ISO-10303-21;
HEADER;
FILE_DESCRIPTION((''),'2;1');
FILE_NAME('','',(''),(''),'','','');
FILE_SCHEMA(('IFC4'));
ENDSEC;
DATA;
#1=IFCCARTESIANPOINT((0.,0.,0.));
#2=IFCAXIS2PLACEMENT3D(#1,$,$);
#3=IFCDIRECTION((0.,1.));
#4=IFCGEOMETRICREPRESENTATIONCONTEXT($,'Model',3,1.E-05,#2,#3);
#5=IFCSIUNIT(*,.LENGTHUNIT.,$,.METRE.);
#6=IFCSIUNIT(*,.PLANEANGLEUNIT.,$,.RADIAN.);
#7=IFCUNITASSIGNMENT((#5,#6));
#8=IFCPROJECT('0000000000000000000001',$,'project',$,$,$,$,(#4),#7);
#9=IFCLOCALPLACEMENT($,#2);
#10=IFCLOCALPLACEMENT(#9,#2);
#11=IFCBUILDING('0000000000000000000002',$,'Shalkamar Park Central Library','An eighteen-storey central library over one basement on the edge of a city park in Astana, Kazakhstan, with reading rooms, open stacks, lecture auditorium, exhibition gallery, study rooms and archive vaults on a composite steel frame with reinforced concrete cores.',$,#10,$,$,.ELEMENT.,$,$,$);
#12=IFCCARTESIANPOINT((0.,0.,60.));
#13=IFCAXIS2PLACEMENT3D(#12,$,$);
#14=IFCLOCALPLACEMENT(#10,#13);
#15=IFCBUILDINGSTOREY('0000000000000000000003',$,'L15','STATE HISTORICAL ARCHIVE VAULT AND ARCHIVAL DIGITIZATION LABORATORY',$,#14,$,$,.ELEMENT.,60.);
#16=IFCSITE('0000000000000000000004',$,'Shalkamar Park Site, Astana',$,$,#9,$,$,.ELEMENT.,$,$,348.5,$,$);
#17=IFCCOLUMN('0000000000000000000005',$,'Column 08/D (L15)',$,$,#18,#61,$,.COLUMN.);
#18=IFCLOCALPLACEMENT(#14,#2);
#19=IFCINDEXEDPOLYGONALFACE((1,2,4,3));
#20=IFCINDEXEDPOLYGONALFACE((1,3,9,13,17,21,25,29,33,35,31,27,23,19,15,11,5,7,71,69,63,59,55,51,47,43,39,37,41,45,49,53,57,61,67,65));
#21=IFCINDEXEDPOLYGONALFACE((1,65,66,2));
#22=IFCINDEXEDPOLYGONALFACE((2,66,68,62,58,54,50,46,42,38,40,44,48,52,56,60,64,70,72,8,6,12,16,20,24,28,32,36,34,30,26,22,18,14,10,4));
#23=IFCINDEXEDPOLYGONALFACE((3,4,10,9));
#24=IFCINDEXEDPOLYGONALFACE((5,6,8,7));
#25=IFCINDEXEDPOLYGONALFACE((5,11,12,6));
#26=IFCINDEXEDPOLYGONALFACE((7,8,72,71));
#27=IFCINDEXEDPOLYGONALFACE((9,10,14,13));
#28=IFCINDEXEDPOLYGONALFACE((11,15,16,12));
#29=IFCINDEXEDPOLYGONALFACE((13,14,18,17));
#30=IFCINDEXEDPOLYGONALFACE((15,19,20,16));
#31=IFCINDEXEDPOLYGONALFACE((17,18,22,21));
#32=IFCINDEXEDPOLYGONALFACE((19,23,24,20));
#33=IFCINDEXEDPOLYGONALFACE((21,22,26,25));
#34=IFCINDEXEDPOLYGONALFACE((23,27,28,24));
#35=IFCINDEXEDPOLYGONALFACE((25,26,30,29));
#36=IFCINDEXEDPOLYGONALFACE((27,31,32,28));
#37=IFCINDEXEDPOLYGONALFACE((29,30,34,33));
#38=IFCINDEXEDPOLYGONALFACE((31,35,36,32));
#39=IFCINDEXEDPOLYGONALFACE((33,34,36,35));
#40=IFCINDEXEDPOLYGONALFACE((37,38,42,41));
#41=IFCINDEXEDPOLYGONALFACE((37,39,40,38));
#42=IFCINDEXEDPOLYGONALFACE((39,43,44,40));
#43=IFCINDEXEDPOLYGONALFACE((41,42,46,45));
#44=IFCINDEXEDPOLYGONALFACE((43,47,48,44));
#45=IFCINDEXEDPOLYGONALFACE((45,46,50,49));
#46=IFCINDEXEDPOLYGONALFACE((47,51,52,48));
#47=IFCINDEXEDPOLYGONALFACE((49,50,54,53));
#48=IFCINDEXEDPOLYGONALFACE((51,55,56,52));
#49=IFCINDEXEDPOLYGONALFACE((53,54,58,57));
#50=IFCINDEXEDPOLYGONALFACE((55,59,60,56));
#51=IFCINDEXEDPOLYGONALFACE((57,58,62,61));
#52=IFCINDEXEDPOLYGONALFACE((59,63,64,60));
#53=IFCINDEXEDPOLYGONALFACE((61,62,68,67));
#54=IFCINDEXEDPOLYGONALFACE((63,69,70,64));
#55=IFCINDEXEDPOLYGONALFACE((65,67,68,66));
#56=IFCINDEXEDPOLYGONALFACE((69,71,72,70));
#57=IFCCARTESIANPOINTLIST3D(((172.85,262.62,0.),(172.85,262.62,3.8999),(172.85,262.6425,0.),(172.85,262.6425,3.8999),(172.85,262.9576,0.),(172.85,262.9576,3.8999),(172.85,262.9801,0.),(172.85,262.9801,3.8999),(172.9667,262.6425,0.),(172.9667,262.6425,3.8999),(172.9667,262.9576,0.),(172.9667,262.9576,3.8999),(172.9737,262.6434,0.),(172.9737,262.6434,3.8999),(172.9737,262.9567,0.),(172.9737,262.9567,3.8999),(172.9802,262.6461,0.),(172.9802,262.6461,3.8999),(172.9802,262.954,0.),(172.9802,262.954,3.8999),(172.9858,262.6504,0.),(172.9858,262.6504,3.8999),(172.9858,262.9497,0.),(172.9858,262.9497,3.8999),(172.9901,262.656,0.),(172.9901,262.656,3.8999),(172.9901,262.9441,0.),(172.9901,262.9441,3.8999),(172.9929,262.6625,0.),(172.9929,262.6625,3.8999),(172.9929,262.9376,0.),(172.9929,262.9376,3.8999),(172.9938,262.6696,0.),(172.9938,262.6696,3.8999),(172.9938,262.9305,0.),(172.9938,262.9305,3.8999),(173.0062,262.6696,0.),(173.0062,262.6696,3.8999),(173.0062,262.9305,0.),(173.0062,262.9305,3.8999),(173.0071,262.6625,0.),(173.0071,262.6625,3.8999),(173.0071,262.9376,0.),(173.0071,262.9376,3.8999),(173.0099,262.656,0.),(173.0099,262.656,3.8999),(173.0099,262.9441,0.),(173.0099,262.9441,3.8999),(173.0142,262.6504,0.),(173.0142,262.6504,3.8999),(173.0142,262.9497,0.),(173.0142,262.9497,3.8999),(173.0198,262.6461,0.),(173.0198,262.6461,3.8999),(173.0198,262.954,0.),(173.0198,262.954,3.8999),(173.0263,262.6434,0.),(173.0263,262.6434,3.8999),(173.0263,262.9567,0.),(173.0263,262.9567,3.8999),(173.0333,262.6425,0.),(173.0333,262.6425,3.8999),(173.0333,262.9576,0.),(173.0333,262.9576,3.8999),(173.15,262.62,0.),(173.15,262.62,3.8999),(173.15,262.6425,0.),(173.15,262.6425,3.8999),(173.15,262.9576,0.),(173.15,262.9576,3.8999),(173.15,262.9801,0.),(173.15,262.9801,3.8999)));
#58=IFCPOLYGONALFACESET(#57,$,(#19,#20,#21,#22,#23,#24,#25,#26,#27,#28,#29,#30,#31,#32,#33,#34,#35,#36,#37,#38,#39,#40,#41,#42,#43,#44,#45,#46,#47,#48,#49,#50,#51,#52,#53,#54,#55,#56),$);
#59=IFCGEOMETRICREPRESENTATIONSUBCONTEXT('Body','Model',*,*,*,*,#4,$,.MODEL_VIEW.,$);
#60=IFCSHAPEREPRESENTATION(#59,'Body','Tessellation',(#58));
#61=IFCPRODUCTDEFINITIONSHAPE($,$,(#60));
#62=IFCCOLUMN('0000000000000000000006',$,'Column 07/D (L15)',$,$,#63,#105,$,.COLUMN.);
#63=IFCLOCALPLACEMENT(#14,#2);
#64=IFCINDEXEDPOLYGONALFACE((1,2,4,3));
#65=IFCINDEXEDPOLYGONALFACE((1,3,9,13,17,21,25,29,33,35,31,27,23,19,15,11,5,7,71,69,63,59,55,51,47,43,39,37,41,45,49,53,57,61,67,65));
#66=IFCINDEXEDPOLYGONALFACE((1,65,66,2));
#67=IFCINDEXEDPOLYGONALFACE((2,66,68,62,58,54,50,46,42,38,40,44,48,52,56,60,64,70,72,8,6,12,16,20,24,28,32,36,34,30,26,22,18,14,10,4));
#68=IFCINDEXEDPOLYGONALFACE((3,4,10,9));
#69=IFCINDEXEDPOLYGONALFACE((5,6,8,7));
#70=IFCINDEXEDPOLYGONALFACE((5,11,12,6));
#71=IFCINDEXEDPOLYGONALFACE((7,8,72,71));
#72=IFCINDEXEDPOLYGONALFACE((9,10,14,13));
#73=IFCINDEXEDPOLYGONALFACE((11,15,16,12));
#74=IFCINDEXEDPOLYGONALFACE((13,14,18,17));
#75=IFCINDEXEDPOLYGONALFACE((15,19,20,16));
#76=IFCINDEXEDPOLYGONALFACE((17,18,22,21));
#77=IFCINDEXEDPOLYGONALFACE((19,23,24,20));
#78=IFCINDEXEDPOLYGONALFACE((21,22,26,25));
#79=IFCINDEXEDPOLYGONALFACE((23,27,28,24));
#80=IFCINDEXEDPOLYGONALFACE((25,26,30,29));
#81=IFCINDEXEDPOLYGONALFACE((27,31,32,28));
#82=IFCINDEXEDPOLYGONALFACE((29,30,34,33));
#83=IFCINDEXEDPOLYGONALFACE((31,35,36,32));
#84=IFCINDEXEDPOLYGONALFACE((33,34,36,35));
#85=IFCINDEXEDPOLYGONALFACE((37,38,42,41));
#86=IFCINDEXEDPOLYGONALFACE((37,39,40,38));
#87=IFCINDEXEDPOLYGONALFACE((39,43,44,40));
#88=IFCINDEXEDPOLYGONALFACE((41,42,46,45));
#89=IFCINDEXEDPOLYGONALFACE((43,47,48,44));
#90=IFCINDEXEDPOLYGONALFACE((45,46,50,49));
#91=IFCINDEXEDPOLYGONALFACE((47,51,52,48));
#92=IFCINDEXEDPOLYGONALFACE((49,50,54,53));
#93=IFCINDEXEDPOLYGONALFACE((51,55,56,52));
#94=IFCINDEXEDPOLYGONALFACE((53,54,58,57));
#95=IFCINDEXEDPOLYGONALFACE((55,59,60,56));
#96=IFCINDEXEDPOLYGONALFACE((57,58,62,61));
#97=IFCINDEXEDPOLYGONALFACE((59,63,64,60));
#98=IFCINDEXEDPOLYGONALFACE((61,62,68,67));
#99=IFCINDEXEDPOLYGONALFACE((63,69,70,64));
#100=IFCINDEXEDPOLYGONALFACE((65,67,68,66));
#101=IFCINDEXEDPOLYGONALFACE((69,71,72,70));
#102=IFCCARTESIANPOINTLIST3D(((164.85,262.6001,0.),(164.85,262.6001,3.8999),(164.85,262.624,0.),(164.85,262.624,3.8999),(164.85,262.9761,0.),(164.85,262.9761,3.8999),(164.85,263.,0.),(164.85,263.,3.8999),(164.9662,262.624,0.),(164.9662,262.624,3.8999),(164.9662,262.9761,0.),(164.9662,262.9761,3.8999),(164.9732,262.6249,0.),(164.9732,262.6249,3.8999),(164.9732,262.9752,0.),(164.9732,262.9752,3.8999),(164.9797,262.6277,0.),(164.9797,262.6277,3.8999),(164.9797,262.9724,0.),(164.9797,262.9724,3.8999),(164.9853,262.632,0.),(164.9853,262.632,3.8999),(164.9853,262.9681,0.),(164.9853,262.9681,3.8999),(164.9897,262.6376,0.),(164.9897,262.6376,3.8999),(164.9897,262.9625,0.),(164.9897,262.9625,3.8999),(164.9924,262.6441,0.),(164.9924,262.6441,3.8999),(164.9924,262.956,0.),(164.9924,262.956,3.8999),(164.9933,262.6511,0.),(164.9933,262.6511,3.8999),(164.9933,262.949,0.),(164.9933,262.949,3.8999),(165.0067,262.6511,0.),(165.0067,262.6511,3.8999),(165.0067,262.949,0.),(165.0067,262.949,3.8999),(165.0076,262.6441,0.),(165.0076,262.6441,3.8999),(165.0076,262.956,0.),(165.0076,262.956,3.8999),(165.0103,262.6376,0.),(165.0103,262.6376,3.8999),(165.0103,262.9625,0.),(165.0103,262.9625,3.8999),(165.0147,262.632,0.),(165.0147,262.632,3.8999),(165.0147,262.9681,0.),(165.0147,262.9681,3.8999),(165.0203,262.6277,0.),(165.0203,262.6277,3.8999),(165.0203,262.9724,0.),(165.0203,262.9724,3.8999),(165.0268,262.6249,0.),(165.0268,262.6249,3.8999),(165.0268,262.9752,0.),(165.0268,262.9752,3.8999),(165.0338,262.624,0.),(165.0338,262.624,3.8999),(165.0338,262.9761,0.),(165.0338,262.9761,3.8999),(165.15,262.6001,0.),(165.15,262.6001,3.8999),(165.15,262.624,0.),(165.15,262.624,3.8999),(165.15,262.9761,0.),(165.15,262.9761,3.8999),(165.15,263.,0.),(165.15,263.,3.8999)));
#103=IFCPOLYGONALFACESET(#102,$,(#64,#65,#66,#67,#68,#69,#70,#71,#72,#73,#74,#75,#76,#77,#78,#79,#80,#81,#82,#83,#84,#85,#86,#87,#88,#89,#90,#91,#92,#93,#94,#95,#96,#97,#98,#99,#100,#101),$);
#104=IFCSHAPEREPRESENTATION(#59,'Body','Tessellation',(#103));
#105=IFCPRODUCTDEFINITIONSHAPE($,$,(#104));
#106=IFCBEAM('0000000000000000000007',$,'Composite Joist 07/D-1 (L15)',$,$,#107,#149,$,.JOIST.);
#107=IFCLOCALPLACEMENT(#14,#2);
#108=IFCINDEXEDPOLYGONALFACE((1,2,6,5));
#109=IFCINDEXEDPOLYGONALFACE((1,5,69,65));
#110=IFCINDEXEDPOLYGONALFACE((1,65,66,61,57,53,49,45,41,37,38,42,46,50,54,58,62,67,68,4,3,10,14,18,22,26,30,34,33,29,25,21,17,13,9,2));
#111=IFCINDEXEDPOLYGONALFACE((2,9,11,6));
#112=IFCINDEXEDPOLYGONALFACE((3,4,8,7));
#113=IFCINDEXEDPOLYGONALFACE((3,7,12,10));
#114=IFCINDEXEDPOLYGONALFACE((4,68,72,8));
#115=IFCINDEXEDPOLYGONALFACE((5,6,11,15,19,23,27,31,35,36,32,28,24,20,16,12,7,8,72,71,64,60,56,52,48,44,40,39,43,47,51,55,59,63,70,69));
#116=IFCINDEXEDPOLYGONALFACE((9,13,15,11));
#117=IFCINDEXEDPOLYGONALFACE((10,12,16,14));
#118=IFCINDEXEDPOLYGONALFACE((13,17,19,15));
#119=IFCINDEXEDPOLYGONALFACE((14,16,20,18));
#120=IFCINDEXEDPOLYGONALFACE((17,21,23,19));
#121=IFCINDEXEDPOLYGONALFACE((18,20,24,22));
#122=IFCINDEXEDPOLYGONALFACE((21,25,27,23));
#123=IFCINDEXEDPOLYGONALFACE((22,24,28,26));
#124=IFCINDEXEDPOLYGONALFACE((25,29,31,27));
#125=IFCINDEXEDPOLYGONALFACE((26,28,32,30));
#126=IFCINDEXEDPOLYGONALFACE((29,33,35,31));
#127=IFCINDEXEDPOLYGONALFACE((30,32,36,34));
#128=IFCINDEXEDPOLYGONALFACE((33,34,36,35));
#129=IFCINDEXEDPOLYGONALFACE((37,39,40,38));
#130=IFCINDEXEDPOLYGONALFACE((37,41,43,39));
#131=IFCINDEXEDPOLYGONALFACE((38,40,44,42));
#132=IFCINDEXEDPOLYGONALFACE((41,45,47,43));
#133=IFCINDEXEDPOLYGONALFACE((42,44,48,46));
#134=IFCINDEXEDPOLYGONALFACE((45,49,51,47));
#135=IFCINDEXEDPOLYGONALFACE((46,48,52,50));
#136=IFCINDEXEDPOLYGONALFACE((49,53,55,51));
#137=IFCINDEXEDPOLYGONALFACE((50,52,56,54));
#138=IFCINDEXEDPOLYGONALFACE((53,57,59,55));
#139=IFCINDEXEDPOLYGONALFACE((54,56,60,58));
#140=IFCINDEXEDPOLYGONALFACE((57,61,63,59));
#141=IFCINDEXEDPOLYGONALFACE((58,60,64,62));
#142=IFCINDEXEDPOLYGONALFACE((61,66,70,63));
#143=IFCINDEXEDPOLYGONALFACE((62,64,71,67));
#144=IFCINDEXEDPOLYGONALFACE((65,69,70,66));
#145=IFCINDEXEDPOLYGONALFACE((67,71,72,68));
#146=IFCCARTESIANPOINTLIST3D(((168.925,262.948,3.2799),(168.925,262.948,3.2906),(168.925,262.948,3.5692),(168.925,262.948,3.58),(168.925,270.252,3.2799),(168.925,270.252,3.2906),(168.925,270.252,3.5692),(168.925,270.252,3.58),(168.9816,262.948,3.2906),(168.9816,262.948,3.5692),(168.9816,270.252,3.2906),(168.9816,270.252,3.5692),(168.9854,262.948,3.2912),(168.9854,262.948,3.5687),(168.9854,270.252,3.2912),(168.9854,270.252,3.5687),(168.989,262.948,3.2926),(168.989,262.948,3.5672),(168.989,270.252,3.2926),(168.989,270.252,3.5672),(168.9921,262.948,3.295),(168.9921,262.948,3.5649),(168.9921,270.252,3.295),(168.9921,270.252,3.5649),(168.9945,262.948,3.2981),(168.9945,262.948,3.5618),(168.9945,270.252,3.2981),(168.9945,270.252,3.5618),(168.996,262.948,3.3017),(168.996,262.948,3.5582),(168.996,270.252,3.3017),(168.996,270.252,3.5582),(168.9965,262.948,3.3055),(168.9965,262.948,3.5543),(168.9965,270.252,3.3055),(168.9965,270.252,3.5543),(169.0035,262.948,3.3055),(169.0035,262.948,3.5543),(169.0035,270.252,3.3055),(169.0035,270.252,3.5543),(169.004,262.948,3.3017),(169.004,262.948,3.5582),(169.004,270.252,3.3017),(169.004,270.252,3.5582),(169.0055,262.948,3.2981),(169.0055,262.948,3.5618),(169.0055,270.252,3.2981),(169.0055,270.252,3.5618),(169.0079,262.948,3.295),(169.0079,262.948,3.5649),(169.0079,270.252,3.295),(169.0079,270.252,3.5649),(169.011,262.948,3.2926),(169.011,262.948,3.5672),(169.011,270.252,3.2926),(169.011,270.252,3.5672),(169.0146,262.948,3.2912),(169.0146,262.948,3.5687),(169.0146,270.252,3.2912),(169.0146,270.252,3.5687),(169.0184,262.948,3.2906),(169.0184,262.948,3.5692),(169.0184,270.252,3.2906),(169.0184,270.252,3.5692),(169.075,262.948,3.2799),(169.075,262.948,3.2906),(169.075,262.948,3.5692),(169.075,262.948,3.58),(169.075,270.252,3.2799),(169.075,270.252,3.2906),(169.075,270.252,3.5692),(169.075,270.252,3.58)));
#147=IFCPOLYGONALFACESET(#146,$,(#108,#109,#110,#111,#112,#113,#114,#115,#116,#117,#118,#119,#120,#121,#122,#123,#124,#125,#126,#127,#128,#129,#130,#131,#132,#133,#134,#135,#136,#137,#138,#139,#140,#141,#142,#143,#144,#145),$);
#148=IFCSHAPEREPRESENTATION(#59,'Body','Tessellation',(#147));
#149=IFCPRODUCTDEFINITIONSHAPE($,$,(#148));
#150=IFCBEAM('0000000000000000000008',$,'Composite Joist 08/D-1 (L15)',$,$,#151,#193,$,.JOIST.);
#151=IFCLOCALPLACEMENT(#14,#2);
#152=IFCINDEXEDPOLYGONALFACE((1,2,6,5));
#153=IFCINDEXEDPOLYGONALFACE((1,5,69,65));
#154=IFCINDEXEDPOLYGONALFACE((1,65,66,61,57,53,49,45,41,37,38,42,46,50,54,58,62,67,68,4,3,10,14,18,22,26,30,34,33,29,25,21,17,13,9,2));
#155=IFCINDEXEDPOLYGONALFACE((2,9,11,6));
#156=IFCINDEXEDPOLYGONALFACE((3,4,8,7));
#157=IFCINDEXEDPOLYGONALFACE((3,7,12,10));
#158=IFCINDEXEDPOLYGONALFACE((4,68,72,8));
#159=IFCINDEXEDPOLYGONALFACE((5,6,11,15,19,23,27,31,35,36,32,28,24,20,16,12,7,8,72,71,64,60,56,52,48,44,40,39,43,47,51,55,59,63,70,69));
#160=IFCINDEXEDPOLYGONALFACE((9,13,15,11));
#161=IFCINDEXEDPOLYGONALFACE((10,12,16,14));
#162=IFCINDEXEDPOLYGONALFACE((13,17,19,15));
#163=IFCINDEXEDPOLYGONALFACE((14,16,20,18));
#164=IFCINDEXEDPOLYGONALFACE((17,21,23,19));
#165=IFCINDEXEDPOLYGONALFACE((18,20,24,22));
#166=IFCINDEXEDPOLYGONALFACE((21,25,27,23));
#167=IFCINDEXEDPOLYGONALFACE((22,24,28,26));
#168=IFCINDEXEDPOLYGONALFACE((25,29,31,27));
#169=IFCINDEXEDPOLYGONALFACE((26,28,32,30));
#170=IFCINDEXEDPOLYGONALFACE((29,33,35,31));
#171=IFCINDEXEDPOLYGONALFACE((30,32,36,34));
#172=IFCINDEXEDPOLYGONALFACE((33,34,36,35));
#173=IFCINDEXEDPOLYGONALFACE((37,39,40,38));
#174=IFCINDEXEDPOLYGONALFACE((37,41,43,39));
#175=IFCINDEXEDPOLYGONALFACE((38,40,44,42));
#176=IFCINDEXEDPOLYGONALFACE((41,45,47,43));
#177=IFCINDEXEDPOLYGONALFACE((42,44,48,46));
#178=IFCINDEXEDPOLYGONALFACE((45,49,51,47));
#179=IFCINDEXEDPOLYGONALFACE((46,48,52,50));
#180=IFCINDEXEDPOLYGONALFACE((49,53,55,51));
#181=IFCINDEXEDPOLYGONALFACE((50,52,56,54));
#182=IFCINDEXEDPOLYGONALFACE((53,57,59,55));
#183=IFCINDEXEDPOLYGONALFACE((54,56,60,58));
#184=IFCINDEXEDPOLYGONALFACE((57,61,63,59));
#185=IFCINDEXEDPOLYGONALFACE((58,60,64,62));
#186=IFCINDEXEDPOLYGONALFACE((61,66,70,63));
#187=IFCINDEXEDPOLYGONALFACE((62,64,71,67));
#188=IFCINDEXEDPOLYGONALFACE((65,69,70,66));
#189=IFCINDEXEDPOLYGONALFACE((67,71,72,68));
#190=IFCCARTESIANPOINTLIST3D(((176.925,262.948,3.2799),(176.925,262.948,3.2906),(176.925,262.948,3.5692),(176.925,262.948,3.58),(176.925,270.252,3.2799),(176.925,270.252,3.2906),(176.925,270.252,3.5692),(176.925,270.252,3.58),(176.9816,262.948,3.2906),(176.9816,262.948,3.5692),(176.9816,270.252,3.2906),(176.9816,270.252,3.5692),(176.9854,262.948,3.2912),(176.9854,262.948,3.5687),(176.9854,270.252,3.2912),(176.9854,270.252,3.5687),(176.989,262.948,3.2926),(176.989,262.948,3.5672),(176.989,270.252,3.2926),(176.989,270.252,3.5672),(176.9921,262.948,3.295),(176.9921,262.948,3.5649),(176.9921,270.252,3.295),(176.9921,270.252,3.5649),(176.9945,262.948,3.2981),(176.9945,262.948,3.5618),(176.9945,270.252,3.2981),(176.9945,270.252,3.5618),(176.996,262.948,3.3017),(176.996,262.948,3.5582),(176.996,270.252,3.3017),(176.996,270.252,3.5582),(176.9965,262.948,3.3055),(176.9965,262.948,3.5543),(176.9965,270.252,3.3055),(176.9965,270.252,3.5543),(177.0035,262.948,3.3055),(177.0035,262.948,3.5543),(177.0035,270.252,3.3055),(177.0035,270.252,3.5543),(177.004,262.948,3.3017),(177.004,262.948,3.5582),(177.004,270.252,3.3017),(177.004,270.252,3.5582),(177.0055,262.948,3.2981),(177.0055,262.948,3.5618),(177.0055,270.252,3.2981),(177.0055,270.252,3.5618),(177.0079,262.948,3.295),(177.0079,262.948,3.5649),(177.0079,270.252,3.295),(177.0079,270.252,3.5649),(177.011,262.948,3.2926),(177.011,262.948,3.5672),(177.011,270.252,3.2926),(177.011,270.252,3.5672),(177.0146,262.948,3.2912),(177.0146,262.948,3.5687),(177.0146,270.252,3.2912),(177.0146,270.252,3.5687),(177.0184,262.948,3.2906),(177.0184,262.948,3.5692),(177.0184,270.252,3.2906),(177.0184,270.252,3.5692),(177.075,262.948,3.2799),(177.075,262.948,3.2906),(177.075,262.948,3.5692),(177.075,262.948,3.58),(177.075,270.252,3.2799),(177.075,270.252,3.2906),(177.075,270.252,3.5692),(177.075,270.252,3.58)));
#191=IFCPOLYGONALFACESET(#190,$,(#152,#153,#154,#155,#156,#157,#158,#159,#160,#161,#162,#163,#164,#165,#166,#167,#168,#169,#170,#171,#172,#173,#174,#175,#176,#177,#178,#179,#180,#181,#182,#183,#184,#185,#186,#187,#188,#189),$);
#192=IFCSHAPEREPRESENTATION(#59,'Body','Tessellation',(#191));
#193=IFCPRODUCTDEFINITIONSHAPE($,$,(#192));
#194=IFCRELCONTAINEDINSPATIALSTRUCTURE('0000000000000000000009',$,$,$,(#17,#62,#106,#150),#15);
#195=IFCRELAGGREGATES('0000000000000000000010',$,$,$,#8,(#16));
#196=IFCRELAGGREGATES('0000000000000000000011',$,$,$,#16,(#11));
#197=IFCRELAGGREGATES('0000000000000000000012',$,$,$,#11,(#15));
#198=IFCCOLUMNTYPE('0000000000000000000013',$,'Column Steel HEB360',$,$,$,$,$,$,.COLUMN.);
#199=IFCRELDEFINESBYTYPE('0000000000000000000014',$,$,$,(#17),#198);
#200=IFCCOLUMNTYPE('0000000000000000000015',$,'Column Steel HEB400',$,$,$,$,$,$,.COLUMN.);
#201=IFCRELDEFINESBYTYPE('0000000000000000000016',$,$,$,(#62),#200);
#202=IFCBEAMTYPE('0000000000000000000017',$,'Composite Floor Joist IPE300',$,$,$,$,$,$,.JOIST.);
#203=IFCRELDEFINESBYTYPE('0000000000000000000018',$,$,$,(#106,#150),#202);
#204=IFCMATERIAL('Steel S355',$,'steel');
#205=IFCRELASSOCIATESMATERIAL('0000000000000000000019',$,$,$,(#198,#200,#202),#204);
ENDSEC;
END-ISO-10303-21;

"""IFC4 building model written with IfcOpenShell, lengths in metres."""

from ifc_helpers import new_model, si_unit, direction, frame, origin, origin_2d, place, context, subcontext, project, spatial, i_section, extrude, material, material_profile, profile_set, type_object, element, save


model = new_model("IFC4")

# Units and contexts
model_context = context("Model", 3, precision=1e-05, world=origin(), true_north=direction((0.0, 1.0)))
body_context = subcontext(model_context, "Body", "Model", "MODEL_VIEW")
ifc_project = project(units=[si_unit("LENGTHUNIT", "METRE"), si_unit("PLANEANGLEUNIT", "RADIAN")], contexts=[model_context])

# Site, building, storey
site_placement = place(None, origin())
site = spatial("IfcSite", under=ifc_project, at=site_placement, Name="Shalkamar Park Site, Astana", CompositionType="ELEMENT", RefElevation=348.5)
building_placement = place(site_placement, origin())
building = spatial("IfcBuilding", under=site, at=building_placement, Name="Shalkamar Park Central Library", Description="An eighteen-storey central library over one basement on the edge of a city park in Astana, Kazakhstan, with reading rooms, open stacks, lecture auditorium, exhibition gallery, study rooms and archive vaults on a composite steel frame with reinforced concrete cores.", CompositionType="ELEMENT")
storey_placement = place(building_placement, frame((0.0, 0.0, 60.0)))
storey = spatial("IfcBuildingStorey", under=building, at=storey_placement, Name="L15", Description="STATE HISTORICAL ARCHIVE VAULT AND ARCHIVAL DIGITIZATION LABORATORY", CompositionType="ELEMENT", Elevation=60.0)

# Columns
ifc_material_1 = material(Name="Steel S355", Category="steel")
ifc_material_profile_1 = material_profile(ifc_material_1, i_section(OverallWidth=0.3, OverallDepth=0.3601, WebThickness=0.0125, FlangeThickness=0.0225, FilletRadius=0.0271, at=origin_2d()), Name="HEB 360")
ifc_profile_set_1 = profile_set([ifc_material_profile_1], Name="Steel S355")
column_type_1 = type_object("IfcColumnType", Name="Column Steel HEB360", PredefinedType="COLUMN", material=ifc_profile_set_1)
column_1_placement = place(storey_placement, frame((173.0, 262.8, 0.0), z_axis=(0.0, 0.0, 1.0), x_axis=(1.0, 0.0, 0.0)))
element("IfcColumn", 1, at=column_1_placement, inside=storey, type_object=column_type_1, Name="Column 08/D (L15)", PredefinedType="COLUMN", context=body_context, shape_type="SweptSolid", body=[
    extrude(i_section(OverallWidth=0.3, OverallDepth=0.3601, WebThickness=0.0125, FlangeThickness=0.0225, FilletRadius=0.0271, at=origin_2d()), origin(), (0.0, 0.0, 1.0), 3.8999),
])
ifc_material_profile_2 = material_profile(ifc_material_1, i_section(OverallWidth=0.3, OverallDepth=0.3999, WebThickness=0.0134, FlangeThickness=0.0239, FilletRadius=0.0271, at=origin_2d()), Name="HEB 400")
ifc_profile_set_2 = profile_set([ifc_material_profile_2], Name="Steel S355")
column_type_2 = type_object("IfcColumnType", Name="Column Steel HEB400", PredefinedType="COLUMN", material=ifc_profile_set_2)
column_2_placement = place(storey_placement, frame((165.0, 262.8, 0.0), z_axis=(0.0, 0.0, 1.0), x_axis=(1.0, 0.0, 0.0)))
element("IfcColumn", 2, at=column_2_placement, inside=storey, type_object=column_type_2, Name="Column 07/D (L15)", PredefinedType="COLUMN", context=body_context, shape_type="SweptSolid", body=[
    extrude(i_section(OverallWidth=0.3, OverallDepth=0.3999, WebThickness=0.0134, FlangeThickness=0.0239, FilletRadius=0.0271, at=origin_2d()), origin(), (0.0, 0.0, 1.0), 3.8999),
])

# Beams
ifc_material_profile_3 = material_profile(ifc_material_1, i_section(OverallWidth=0.1499, OverallDepth=0.3, WebThickness=0.0071, FlangeThickness=0.0107, FilletRadius=0.0149, at=origin_2d()), Name="IPE 300")
ifc_profile_set_3 = profile_set([ifc_material_profile_3], Name="Steel S355")
beam_type_1 = type_object("IfcBeamType", Name="Composite Floor Joist IPE300", PredefinedType="JOIST", material=ifc_profile_set_3)
for number, where, z_axis, x_axis, name in (
    (3, (169.0, 262.948, 3.4299), (0.0, 1.0, 0.0), (-1.0, 0.0, 0.0), "Composite Joist 07/D-1 (L15)"),
    (4, (177.0, 262.948, 3.4299), (0.0, 1.0, 0.0), (-1.0, 0.0, 0.0), "Composite Joist 08/D-1 (L15)"),
):
    element("IfcBeam", number, at=place(storey_placement, frame(where, z_axis=z_axis, x_axis=x_axis)), inside=storey, type_object=beam_type_1, Name=name, PredefinedType="JOIST", context=body_context, shape_type="SweptSolid", body=[
        extrude(i_section(OverallWidth=0.1499, OverallDepth=0.3, WebThickness=0.0071, FlangeThickness=0.0107, FilletRadius=0.0149, at=origin_2d()), origin(), (0.0, 0.0, 1.0), 7.304),
    ])

save(model, "model.ifc")
